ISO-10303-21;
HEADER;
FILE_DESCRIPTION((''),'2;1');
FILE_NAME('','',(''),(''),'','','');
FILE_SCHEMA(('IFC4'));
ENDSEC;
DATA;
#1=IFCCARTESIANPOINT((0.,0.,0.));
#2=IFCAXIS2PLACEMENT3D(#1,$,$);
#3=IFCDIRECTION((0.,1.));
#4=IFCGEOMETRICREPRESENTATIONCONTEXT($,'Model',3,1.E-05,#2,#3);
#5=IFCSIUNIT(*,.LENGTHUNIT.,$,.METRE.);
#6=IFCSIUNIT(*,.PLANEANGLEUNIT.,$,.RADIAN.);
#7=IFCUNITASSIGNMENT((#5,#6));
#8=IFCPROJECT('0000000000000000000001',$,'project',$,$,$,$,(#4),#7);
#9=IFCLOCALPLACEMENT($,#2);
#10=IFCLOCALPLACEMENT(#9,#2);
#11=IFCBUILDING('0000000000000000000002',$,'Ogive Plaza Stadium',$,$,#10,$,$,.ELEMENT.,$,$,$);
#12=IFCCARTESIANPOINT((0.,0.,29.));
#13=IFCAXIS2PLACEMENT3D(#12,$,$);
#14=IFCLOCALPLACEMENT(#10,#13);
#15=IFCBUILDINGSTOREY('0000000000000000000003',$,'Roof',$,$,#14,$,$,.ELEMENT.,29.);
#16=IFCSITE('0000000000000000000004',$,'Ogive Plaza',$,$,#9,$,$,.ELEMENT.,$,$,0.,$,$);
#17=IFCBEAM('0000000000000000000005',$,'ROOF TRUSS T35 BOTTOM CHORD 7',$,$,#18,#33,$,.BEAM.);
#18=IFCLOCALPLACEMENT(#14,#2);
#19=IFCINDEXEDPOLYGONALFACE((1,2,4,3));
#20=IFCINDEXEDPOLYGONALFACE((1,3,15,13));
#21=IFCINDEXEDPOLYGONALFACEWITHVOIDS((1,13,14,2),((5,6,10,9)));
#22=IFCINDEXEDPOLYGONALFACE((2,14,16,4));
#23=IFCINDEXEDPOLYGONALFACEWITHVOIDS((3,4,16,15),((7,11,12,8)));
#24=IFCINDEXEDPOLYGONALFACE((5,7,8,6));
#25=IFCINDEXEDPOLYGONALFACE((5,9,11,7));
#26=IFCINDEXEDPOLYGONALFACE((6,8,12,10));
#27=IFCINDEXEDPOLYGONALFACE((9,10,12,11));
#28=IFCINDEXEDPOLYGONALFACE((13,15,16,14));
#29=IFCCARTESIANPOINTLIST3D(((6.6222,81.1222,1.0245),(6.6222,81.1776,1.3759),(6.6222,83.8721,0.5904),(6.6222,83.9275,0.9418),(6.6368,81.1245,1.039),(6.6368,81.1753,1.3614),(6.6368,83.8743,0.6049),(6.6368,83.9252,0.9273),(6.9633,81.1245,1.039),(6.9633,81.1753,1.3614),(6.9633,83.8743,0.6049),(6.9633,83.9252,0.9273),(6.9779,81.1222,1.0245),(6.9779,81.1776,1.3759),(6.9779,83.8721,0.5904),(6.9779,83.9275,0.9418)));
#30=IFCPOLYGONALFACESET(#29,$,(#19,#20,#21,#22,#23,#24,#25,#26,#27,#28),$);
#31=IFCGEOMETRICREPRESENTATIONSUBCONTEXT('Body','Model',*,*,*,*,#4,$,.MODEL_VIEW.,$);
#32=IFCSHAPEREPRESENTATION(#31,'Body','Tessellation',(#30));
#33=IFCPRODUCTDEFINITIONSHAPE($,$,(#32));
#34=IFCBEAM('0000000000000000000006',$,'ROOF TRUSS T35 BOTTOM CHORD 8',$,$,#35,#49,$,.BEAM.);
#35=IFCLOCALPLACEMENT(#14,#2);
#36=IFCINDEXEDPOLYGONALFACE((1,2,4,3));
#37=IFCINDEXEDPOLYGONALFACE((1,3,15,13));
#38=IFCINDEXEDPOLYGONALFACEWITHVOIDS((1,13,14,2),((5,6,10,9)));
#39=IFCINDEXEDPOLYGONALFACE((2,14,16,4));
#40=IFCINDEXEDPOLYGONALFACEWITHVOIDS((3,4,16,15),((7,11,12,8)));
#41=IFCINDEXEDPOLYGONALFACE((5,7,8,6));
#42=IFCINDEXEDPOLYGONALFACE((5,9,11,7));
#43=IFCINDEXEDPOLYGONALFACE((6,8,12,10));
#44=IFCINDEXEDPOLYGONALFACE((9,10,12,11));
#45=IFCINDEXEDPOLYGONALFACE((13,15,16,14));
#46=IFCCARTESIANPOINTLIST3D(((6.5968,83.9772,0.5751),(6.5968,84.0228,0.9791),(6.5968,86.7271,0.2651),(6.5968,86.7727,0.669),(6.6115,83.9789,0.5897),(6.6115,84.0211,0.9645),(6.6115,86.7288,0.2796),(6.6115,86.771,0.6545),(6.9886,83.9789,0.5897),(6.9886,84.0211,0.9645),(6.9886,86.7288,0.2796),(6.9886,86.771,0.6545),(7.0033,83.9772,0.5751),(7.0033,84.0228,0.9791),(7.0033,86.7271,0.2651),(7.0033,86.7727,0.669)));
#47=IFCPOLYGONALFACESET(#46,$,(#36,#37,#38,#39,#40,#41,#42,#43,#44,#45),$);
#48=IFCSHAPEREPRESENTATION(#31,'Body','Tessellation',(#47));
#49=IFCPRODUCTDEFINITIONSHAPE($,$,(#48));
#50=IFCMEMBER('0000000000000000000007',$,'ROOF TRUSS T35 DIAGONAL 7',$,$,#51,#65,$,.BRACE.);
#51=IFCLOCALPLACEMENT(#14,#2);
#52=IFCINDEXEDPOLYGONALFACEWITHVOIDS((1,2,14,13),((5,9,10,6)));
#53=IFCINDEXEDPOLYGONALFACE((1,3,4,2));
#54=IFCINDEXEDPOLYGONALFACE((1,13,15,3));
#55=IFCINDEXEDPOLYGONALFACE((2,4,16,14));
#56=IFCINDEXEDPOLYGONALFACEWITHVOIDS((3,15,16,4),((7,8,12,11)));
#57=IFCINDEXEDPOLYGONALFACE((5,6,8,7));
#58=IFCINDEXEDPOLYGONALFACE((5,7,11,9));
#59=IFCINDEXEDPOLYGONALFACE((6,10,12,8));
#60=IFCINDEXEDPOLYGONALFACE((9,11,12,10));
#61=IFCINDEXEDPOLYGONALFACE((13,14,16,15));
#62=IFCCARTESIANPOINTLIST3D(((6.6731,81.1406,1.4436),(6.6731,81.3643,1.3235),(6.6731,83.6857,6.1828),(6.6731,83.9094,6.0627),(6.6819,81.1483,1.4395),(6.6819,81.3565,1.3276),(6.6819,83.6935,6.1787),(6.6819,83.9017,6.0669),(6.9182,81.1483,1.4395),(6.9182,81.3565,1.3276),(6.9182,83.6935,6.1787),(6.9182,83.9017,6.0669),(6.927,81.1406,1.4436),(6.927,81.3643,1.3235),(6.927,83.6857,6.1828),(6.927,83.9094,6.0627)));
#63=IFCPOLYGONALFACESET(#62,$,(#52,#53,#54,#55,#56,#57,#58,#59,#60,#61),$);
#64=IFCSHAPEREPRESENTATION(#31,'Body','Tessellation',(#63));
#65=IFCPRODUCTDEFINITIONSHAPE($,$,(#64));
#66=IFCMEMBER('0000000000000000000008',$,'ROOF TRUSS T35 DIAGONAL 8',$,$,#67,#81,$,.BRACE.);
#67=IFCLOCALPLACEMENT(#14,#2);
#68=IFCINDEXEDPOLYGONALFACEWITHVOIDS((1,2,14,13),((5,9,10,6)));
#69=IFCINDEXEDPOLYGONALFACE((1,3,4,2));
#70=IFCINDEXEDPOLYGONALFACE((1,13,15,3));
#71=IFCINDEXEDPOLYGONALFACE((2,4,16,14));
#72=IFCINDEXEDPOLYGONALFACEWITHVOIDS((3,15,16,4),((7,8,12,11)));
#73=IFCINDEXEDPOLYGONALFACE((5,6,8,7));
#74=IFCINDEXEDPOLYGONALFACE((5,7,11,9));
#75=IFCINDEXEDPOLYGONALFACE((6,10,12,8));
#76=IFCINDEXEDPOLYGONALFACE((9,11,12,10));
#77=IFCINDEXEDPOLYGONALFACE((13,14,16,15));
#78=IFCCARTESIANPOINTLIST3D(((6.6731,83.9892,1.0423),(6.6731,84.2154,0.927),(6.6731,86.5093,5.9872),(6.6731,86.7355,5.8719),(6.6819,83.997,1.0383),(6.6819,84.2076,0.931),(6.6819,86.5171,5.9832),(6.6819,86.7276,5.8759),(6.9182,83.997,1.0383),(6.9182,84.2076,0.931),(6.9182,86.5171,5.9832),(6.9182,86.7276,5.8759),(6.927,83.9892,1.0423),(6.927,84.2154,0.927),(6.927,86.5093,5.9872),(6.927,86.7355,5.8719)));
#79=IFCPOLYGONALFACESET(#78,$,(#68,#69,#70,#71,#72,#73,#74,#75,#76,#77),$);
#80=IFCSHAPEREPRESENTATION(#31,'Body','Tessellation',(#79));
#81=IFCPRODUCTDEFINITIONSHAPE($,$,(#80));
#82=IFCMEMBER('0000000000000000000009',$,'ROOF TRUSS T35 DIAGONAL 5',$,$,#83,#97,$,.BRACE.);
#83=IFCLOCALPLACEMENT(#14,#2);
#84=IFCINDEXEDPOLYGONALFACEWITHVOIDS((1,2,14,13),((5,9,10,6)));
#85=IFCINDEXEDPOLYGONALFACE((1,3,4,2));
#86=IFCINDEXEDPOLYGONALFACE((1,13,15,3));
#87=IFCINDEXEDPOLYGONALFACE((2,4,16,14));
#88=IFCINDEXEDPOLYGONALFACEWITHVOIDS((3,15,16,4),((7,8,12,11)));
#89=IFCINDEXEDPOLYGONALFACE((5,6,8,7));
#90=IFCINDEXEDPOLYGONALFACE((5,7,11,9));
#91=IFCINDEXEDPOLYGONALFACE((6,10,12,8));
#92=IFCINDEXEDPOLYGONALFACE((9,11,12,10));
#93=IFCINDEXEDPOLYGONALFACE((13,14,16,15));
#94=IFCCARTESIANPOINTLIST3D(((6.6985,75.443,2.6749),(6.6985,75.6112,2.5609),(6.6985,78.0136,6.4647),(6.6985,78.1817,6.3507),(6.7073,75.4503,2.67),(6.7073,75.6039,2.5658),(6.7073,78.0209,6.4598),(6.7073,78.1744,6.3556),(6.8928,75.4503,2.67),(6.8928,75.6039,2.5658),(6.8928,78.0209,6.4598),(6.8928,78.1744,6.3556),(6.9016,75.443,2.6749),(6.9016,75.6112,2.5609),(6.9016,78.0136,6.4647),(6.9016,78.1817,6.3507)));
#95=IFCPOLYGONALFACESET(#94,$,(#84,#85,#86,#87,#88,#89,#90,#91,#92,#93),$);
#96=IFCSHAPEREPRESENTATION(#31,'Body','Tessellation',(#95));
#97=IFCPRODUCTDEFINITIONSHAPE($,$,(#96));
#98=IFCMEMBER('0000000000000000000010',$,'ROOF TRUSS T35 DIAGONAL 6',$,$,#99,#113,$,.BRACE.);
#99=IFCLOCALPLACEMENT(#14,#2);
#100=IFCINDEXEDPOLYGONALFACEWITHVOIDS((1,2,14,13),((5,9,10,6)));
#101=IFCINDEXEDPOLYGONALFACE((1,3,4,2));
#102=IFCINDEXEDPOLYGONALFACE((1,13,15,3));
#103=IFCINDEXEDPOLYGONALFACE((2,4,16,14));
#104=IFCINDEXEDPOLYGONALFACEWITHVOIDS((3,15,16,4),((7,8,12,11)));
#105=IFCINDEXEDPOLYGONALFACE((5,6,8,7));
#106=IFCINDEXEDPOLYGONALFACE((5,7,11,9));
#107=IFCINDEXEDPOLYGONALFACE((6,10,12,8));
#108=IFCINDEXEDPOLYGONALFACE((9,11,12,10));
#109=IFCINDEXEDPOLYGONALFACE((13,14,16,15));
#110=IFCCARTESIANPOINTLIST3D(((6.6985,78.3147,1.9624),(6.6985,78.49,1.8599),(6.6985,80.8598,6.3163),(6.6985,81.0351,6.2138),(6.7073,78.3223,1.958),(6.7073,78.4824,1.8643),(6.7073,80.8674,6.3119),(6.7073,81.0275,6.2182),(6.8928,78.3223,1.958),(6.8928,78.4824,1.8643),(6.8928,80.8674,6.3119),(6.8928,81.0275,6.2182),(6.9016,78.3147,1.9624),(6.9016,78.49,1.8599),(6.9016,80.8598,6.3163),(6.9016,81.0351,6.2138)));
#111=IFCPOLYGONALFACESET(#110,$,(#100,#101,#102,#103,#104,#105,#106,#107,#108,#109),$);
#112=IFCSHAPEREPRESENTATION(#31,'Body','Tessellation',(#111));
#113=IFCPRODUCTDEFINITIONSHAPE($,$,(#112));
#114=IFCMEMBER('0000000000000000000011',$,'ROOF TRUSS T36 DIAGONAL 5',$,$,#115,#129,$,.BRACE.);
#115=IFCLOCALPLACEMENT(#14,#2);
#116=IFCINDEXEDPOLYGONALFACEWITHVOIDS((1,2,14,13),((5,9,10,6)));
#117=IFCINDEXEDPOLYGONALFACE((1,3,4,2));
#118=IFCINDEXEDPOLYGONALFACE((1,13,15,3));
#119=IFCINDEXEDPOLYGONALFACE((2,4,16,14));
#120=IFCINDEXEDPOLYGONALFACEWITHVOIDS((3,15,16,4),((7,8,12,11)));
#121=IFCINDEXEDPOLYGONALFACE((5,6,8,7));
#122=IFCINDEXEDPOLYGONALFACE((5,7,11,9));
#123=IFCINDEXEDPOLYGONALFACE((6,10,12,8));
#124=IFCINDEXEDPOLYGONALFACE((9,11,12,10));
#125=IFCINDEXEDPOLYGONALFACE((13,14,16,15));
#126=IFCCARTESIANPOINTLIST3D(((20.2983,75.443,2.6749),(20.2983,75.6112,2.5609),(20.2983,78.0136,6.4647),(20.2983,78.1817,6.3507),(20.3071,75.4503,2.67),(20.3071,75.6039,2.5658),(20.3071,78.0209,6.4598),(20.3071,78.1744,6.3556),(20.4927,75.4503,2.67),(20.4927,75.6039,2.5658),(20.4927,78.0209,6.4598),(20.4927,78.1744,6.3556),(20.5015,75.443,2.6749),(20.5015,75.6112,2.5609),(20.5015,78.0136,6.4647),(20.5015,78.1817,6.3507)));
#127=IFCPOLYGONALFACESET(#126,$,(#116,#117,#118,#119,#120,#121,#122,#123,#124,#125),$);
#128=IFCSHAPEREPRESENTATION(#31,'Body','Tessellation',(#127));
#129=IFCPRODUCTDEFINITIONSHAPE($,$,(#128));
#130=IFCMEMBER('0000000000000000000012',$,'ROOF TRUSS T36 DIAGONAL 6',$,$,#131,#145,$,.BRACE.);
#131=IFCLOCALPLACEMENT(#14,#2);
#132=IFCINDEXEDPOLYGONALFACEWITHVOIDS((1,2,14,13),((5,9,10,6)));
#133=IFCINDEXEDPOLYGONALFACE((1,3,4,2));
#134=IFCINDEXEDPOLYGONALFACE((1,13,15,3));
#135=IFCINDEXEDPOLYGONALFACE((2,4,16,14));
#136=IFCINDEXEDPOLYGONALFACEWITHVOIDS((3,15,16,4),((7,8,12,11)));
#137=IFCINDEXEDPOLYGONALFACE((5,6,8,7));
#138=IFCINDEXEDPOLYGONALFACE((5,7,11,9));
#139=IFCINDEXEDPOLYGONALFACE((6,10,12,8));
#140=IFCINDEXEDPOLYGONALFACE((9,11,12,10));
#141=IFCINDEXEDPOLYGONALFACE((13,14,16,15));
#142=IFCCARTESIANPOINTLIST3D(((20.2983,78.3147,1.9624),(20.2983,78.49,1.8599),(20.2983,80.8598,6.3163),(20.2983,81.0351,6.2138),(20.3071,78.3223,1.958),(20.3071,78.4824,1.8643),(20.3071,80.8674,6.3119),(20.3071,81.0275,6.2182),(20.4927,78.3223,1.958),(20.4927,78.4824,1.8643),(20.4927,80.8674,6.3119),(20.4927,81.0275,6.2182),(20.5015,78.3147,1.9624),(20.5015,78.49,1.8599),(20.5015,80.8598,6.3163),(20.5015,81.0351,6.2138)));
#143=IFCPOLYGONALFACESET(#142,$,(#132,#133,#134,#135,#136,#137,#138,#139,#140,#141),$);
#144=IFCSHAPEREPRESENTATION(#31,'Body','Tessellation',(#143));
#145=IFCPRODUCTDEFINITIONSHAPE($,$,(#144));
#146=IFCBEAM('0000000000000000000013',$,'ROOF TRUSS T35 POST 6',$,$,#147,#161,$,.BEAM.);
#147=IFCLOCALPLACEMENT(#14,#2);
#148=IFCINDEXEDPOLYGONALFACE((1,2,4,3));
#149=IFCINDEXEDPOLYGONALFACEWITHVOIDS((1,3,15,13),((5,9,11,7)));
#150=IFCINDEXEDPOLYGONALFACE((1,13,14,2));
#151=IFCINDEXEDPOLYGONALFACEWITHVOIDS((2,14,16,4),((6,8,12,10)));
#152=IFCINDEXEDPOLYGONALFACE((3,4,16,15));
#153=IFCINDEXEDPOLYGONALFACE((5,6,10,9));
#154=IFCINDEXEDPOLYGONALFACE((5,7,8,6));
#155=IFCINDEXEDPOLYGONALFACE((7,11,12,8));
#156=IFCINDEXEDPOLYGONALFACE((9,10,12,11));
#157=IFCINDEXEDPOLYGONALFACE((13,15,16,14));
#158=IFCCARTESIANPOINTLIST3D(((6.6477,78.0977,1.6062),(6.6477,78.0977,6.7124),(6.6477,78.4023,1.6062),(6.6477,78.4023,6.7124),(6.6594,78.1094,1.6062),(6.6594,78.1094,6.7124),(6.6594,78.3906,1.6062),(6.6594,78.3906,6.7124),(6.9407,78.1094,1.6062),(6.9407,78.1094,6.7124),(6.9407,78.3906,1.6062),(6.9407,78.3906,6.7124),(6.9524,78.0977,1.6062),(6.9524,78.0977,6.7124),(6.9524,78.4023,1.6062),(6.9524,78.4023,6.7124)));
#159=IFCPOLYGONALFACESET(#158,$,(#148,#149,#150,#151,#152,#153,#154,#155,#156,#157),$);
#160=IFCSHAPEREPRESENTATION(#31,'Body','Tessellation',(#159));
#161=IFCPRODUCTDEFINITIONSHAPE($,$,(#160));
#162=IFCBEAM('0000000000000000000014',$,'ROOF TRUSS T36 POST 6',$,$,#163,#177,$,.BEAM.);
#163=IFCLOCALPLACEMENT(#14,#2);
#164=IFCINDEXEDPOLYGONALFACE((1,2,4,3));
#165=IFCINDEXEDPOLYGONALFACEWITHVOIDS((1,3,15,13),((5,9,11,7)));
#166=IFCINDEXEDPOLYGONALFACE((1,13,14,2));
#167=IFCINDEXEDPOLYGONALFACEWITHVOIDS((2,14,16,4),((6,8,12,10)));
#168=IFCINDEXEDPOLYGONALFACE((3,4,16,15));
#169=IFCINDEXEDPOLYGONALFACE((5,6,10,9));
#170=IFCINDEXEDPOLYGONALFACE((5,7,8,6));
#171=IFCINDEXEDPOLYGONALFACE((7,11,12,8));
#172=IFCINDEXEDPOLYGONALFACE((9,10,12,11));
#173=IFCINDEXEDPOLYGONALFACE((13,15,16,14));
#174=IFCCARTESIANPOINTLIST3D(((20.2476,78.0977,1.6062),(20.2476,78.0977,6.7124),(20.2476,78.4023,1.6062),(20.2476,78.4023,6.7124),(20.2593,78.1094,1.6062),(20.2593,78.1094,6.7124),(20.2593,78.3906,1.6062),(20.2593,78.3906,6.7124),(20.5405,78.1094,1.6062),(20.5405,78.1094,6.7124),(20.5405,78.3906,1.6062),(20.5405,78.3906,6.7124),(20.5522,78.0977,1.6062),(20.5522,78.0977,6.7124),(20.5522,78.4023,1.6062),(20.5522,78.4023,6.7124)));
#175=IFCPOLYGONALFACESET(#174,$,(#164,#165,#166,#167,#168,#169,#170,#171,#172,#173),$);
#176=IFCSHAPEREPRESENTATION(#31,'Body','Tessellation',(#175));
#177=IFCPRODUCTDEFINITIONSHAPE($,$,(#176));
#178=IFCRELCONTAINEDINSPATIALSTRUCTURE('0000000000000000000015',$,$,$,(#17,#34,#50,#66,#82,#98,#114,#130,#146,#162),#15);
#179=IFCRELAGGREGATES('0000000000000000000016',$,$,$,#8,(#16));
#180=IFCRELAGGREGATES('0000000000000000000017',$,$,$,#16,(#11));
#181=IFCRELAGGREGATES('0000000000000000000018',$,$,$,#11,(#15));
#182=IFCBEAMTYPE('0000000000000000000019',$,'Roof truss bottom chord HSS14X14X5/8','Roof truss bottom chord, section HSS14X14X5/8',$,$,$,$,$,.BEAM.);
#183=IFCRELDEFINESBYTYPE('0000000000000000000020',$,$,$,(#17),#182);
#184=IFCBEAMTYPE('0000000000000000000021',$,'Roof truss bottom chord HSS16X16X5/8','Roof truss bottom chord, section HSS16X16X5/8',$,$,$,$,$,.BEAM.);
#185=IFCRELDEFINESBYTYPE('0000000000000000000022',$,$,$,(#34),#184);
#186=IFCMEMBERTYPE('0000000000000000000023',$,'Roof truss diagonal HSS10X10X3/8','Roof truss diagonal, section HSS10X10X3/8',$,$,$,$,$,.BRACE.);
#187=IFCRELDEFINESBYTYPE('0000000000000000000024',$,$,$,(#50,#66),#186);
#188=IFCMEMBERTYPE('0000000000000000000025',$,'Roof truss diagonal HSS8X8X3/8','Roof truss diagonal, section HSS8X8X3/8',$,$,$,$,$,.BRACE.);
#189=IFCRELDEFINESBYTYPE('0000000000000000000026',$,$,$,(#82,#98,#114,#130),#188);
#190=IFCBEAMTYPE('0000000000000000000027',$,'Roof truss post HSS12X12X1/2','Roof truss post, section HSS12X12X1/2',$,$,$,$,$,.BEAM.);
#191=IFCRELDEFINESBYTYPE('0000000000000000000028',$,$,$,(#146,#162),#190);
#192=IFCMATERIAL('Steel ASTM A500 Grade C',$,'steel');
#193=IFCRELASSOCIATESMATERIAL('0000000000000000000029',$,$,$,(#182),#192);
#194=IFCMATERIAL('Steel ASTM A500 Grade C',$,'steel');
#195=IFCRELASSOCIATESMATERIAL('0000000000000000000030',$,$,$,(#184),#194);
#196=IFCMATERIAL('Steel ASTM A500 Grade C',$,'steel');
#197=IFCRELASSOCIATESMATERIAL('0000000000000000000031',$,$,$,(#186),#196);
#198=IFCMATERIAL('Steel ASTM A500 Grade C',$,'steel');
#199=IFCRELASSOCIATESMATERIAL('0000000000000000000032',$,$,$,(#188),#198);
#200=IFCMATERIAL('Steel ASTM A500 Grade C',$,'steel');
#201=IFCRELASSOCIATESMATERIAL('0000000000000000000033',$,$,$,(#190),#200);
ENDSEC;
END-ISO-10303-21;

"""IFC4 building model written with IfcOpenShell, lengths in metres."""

from ifc_helpers import new_model, si_unit, direction, frame, origin, origin_2d, place, context, subcontext, project, spatial, hollow_rectangle, extrude, material, material_profile, profile_set, type_object, element, save


model = new_model("IFC4")

# Units and contexts
model_context = context("Model", 3, precision=1e-05, world=origin(), true_north=direction((0.0, 1.0)))
body_context = subcontext(model_context, "Body", "Model", "MODEL_VIEW")
ifc_project = project(units=[si_unit("LENGTHUNIT", "METRE"), si_unit("PLANEANGLEUNIT", "RADIAN")], contexts=[model_context])

# Site, building, storey
site_placement = place(None, origin())
site = spatial("IfcSite", under=ifc_project, at=site_placement, Name="Ogive Plaza", CompositionType="ELEMENT", RefElevation=0.0)
building_placement = place(site_placement, origin())
building = spatial("IfcBuilding", under=site, at=building_placement, Name="Ogive Plaza Stadium", CompositionType="ELEMENT")
storey_placement = place(building_placement, frame((0.0, 0.0, 29.0)))
storey = spatial("IfcBuildingStorey", under=building, at=storey_placement, Name="Roof", CompositionType="ELEMENT", Elevation=29.0)

# Beams
ifc_material_1 = material(Name="Steel ASTM A500 Grade C", Category="steel")
ifc_material_profile_1 = material_profile(ifc_material_1, hollow_rectangle(XDim=0.3557, YDim=0.3557, WallThickness=0.0146, at=origin_2d()), Name="HSS14X14X5/8")
ifc_profile_set_1 = profile_set([ifc_material_profile_1], Name="Steel ASTM A500 Grade C")
beam_type_1 = type_object("IfcBeamType", Name="Roof truss bottom chord HSS14X14X5/8", Description="Roof truss bottom chord, section HSS14X14X5/8", PredefinedType="BEAM", material=ifc_profile_set_1)
beam_1_placement = place(storey_placement, frame((6.8, 81.1499, 1.2002), z_axis=(0.0, 0.98777, -0.155918), x_axis=(-1.0, 0.0, 0.0)))
element("IfcBeam", 1, at=beam_1_placement, inside=storey, type_object=beam_type_1, Name="ROOF TRUSS T35 BOTTOM CHORD 7", PredefinedType="BEAM", context=body_context, shape_type="SweptSolid", body=[
    extrude(hollow_rectangle(XDim=0.3557, YDim=0.3557, WallThickness=0.0146, at=origin_2d()), origin(), (0.0, 0.0, 1.0), 2.7839),
])
ifc_material_2 = material(Name="Steel ASTM A500 Grade C", Category="steel")
ifc_material_profile_2 = material_profile(ifc_material_2, hollow_rectangle(XDim=0.4065, YDim=0.4065, WallThickness=0.0146, at=origin_2d()), Name="HSS16X16X5/8")
ifc_profile_set_2 = profile_set([ifc_material_profile_2], Name="Steel ASTM A500 Grade C")
beam_type_2 = type_object("IfcBeamType", Name="Roof truss bottom chord HSS16X16X5/8", Description="Roof truss bottom chord, section HSS16X16X5/8", PredefinedType="BEAM", material=ifc_profile_set_2)
beam_2_placement = place(storey_placement, frame((6.8, 84.0, 0.7771), z_axis=(0.0, 0.993704, -0.112039), x_axis=(-1.0, 0.0, 0.0)))
element("IfcBeam", 2, at=beam_2_placement, inside=storey, type_object=beam_type_2, Name="ROOF TRUSS T35 BOTTOM CHORD 8", PredefinedType="BEAM", context=body_context, shape_type="SweptSolid", body=[
    extrude(hollow_rectangle(XDim=0.4065, YDim=0.4065, WallThickness=0.0146, at=origin_2d()), origin(), (0.0, 0.0, 1.0), 2.7673),
])

# Members
ifc_material_3 = material(Name="Steel ASTM A500 Grade C", Category="steel")
ifc_material_profile_3 = material_profile(ifc_material_3, hollow_rectangle(XDim=0.2539, YDim=0.2539, WallThickness=0.0088, at=origin_2d()), Name="HSS10X10X3/8")
ifc_profile_set_3 = profile_set([ifc_material_profile_3], Name="Steel ASTM A500 Grade C")
member_type_1 = type_object("IfcMemberType", Name="Roof truss diagonal HSS10X10X3/8", Description="Roof truss diagonal, section HSS10X10X3/8", PredefinedType="BRACE", material=ifc_profile_set_3)
member_1_placement = place(storey_placement, frame((6.8, 81.2524, 1.3835), z_axis=(0.0, 0.473128, 0.880994), x_axis=(-1.0, 0.0, 0.0)))
element("IfcMember", 3, at=member_1_placement, inside=storey, type_object=member_type_1, Name="ROOF TRUSS T35 DIAGONAL 7", PredefinedType="BRACE", context=body_context, shape_type="SweptSolid", body=[
    extrude(hollow_rectangle(XDim=0.2539, YDim=0.2539, WallThickness=0.0088, at=origin_2d()), origin(), (0.0, 0.0, 1.0), 5.3794),
])
member_2_placement = place(storey_placement, frame((6.8, 84.1023, 0.9846), z_axis=(0.0, 0.454063, 0.89097), x_axis=(-1.0, 0.0, 0.0)))
element("IfcMember", 4, at=member_2_placement, inside=storey, type_object=member_type_1, Name="ROOF TRUSS T35 DIAGONAL 8", PredefinedType="BRACE", context=body_context, shape_type="SweptSolid", body=[
    extrude(hollow_rectangle(XDim=0.2539, YDim=0.2539, WallThickness=0.0088, at=origin_2d()), origin(), (0.0, 0.0, 1.0), 5.55),
])
ifc_material_4 = material(Name="Steel ASTM A500 Grade C", Category="steel")
ifc_material_profile_4 = material_profile(ifc_material_4, hollow_rectangle(XDim=0.2031, YDim=0.2031, WallThickness=0.0088, at=origin_2d()), Name="HSS8X8X3/8")
ifc_profile_set_4 = profile_set([ifc_material_profile_4], Name="Steel ASTM A500 Grade C")
member_type_2 = type_object("IfcMemberType", Name="Roof truss diagonal HSS8X8X3/8", Description="Roof truss diagonal, section HSS8X8X3/8", PredefinedType="BRACE", material=ifc_profile_set_4)
member_3_placement = place(storey_placement, frame((6.8, 75.5271, 2.6179), z_axis=(0.0, 0.561338, 0.827586), x_axis=(-1.0, 0.0, 0.0)))
element("IfcMember", 5, at=member_3_placement, inside=storey, type_object=member_type_2, Name="ROOF TRUSS T35 DIAGONAL 5", PredefinedType="BRACE", context=body_context, shape_type="SweptSolid", body=[
    extrude(hollow_rectangle(XDim=0.2031, YDim=0.2031, WallThickness=0.0088, at=origin_2d()), origin(), (0.0, 0.0, 1.0), 4.5793),
])
member_4_placement = place(storey_placement, frame((6.8, 78.4023, 1.9111), z_axis=(0.0, 0.504659, 0.863319), x_axis=(-1.0, 0.0, 0.0)))
element("IfcMember", 6, at=member_4_placement, inside=storey, type_object=member_type_2, Name="ROOF TRUSS T35 DIAGONAL 6", PredefinedType="BRACE", context=body_context, shape_type="SweptSolid", body=[
    extrude(hollow_rectangle(XDim=0.2031, YDim=0.2031, WallThickness=0.0088, at=origin_2d()), origin(), (0.0, 0.0, 1.0), 5.0432),
])
member_5_placement = place(storey_placement, frame((20.3999, 75.5271, 2.6179), z_axis=(0.0, 0.561338, 0.827586), x_axis=(-1.0, 0.0, 0.0)))
element("IfcMember", 7, at=member_5_placement, inside=storey, type_object=member_type_2, Name="ROOF TRUSS T36 DIAGONAL 5", PredefinedType="BRACE", context=body_context, shape_type="SweptSolid", body=[
    extrude(hollow_rectangle(XDim=0.2031, YDim=0.2031, WallThickness=0.0088, at=origin_2d()), origin(), (0.0, 0.0, 1.0), 4.5793),
])
member_6_placement = place(storey_placement, frame((20.3999, 78.4023, 1.9111), z_axis=(0.0, 0.504659, 0.863319), x_axis=(-1.0, 0.0, 0.0)))
element("IfcMember", 8, at=member_6_placement, inside=storey, type_object=member_type_2, Name="ROOF TRUSS T36 DIAGONAL 6", PredefinedType="BRACE", context=body_context, shape_type="SweptSolid", body=[
    extrude(hollow_rectangle(XDim=0.2031, YDim=0.2031, WallThickness=0.0088, at=origin_2d()), origin(), (0.0, 0.0, 1.0), 5.0432),
])

# Beams
ifc_material_5 = material(Name="Steel ASTM A500 Grade C", Category="steel")
ifc_material_profile_5 = material_profile(ifc_material_5, hollow_rectangle(XDim=0.3047, YDim=0.3047, WallThickness=0.0117, at=origin_2d()), Name="HSS12X12X1/2")
ifc_profile_set_5 = profile_set([ifc_material_profile_5], Name="Steel ASTM A500 Grade C")
beam_type_3 = type_object("IfcBeamType", Name="Roof truss post HSS12X12X1/2", Description="Roof truss post, section HSS12X12X1/2", PredefinedType="BEAM", material=ifc_profile_set_5)
for number, where, z_axis, x_axis, name in (
    (9, (6.8, 78.25, 1.6062), (0.0, 0.0, 1.0), (-1.0, 0.0, 0.0), "ROOF TRUSS T35 POST 6"),
    (10, (20.3999, 78.25, 1.6062), (0.0, 0.0, 1.0), (-1.0, 0.0, 0.0), "ROOF TRUSS T36 POST 6"),
):
    element("IfcBeam", number, at=place(storey_placement, frame(where, z_axis=z_axis, x_axis=x_axis)), inside=storey, type_object=beam_type_3, Name=name, PredefinedType="BEAM", context=body_context, shape_type="SweptSolid", body=[
        extrude(hollow_rectangle(XDim=0.3047, YDim=0.3047, WallThickness=0.0117, at=origin_2d()), origin(), (0.0, 0.0, 1.0), 5.1062),
    ])

save(model, "model.ifc")
